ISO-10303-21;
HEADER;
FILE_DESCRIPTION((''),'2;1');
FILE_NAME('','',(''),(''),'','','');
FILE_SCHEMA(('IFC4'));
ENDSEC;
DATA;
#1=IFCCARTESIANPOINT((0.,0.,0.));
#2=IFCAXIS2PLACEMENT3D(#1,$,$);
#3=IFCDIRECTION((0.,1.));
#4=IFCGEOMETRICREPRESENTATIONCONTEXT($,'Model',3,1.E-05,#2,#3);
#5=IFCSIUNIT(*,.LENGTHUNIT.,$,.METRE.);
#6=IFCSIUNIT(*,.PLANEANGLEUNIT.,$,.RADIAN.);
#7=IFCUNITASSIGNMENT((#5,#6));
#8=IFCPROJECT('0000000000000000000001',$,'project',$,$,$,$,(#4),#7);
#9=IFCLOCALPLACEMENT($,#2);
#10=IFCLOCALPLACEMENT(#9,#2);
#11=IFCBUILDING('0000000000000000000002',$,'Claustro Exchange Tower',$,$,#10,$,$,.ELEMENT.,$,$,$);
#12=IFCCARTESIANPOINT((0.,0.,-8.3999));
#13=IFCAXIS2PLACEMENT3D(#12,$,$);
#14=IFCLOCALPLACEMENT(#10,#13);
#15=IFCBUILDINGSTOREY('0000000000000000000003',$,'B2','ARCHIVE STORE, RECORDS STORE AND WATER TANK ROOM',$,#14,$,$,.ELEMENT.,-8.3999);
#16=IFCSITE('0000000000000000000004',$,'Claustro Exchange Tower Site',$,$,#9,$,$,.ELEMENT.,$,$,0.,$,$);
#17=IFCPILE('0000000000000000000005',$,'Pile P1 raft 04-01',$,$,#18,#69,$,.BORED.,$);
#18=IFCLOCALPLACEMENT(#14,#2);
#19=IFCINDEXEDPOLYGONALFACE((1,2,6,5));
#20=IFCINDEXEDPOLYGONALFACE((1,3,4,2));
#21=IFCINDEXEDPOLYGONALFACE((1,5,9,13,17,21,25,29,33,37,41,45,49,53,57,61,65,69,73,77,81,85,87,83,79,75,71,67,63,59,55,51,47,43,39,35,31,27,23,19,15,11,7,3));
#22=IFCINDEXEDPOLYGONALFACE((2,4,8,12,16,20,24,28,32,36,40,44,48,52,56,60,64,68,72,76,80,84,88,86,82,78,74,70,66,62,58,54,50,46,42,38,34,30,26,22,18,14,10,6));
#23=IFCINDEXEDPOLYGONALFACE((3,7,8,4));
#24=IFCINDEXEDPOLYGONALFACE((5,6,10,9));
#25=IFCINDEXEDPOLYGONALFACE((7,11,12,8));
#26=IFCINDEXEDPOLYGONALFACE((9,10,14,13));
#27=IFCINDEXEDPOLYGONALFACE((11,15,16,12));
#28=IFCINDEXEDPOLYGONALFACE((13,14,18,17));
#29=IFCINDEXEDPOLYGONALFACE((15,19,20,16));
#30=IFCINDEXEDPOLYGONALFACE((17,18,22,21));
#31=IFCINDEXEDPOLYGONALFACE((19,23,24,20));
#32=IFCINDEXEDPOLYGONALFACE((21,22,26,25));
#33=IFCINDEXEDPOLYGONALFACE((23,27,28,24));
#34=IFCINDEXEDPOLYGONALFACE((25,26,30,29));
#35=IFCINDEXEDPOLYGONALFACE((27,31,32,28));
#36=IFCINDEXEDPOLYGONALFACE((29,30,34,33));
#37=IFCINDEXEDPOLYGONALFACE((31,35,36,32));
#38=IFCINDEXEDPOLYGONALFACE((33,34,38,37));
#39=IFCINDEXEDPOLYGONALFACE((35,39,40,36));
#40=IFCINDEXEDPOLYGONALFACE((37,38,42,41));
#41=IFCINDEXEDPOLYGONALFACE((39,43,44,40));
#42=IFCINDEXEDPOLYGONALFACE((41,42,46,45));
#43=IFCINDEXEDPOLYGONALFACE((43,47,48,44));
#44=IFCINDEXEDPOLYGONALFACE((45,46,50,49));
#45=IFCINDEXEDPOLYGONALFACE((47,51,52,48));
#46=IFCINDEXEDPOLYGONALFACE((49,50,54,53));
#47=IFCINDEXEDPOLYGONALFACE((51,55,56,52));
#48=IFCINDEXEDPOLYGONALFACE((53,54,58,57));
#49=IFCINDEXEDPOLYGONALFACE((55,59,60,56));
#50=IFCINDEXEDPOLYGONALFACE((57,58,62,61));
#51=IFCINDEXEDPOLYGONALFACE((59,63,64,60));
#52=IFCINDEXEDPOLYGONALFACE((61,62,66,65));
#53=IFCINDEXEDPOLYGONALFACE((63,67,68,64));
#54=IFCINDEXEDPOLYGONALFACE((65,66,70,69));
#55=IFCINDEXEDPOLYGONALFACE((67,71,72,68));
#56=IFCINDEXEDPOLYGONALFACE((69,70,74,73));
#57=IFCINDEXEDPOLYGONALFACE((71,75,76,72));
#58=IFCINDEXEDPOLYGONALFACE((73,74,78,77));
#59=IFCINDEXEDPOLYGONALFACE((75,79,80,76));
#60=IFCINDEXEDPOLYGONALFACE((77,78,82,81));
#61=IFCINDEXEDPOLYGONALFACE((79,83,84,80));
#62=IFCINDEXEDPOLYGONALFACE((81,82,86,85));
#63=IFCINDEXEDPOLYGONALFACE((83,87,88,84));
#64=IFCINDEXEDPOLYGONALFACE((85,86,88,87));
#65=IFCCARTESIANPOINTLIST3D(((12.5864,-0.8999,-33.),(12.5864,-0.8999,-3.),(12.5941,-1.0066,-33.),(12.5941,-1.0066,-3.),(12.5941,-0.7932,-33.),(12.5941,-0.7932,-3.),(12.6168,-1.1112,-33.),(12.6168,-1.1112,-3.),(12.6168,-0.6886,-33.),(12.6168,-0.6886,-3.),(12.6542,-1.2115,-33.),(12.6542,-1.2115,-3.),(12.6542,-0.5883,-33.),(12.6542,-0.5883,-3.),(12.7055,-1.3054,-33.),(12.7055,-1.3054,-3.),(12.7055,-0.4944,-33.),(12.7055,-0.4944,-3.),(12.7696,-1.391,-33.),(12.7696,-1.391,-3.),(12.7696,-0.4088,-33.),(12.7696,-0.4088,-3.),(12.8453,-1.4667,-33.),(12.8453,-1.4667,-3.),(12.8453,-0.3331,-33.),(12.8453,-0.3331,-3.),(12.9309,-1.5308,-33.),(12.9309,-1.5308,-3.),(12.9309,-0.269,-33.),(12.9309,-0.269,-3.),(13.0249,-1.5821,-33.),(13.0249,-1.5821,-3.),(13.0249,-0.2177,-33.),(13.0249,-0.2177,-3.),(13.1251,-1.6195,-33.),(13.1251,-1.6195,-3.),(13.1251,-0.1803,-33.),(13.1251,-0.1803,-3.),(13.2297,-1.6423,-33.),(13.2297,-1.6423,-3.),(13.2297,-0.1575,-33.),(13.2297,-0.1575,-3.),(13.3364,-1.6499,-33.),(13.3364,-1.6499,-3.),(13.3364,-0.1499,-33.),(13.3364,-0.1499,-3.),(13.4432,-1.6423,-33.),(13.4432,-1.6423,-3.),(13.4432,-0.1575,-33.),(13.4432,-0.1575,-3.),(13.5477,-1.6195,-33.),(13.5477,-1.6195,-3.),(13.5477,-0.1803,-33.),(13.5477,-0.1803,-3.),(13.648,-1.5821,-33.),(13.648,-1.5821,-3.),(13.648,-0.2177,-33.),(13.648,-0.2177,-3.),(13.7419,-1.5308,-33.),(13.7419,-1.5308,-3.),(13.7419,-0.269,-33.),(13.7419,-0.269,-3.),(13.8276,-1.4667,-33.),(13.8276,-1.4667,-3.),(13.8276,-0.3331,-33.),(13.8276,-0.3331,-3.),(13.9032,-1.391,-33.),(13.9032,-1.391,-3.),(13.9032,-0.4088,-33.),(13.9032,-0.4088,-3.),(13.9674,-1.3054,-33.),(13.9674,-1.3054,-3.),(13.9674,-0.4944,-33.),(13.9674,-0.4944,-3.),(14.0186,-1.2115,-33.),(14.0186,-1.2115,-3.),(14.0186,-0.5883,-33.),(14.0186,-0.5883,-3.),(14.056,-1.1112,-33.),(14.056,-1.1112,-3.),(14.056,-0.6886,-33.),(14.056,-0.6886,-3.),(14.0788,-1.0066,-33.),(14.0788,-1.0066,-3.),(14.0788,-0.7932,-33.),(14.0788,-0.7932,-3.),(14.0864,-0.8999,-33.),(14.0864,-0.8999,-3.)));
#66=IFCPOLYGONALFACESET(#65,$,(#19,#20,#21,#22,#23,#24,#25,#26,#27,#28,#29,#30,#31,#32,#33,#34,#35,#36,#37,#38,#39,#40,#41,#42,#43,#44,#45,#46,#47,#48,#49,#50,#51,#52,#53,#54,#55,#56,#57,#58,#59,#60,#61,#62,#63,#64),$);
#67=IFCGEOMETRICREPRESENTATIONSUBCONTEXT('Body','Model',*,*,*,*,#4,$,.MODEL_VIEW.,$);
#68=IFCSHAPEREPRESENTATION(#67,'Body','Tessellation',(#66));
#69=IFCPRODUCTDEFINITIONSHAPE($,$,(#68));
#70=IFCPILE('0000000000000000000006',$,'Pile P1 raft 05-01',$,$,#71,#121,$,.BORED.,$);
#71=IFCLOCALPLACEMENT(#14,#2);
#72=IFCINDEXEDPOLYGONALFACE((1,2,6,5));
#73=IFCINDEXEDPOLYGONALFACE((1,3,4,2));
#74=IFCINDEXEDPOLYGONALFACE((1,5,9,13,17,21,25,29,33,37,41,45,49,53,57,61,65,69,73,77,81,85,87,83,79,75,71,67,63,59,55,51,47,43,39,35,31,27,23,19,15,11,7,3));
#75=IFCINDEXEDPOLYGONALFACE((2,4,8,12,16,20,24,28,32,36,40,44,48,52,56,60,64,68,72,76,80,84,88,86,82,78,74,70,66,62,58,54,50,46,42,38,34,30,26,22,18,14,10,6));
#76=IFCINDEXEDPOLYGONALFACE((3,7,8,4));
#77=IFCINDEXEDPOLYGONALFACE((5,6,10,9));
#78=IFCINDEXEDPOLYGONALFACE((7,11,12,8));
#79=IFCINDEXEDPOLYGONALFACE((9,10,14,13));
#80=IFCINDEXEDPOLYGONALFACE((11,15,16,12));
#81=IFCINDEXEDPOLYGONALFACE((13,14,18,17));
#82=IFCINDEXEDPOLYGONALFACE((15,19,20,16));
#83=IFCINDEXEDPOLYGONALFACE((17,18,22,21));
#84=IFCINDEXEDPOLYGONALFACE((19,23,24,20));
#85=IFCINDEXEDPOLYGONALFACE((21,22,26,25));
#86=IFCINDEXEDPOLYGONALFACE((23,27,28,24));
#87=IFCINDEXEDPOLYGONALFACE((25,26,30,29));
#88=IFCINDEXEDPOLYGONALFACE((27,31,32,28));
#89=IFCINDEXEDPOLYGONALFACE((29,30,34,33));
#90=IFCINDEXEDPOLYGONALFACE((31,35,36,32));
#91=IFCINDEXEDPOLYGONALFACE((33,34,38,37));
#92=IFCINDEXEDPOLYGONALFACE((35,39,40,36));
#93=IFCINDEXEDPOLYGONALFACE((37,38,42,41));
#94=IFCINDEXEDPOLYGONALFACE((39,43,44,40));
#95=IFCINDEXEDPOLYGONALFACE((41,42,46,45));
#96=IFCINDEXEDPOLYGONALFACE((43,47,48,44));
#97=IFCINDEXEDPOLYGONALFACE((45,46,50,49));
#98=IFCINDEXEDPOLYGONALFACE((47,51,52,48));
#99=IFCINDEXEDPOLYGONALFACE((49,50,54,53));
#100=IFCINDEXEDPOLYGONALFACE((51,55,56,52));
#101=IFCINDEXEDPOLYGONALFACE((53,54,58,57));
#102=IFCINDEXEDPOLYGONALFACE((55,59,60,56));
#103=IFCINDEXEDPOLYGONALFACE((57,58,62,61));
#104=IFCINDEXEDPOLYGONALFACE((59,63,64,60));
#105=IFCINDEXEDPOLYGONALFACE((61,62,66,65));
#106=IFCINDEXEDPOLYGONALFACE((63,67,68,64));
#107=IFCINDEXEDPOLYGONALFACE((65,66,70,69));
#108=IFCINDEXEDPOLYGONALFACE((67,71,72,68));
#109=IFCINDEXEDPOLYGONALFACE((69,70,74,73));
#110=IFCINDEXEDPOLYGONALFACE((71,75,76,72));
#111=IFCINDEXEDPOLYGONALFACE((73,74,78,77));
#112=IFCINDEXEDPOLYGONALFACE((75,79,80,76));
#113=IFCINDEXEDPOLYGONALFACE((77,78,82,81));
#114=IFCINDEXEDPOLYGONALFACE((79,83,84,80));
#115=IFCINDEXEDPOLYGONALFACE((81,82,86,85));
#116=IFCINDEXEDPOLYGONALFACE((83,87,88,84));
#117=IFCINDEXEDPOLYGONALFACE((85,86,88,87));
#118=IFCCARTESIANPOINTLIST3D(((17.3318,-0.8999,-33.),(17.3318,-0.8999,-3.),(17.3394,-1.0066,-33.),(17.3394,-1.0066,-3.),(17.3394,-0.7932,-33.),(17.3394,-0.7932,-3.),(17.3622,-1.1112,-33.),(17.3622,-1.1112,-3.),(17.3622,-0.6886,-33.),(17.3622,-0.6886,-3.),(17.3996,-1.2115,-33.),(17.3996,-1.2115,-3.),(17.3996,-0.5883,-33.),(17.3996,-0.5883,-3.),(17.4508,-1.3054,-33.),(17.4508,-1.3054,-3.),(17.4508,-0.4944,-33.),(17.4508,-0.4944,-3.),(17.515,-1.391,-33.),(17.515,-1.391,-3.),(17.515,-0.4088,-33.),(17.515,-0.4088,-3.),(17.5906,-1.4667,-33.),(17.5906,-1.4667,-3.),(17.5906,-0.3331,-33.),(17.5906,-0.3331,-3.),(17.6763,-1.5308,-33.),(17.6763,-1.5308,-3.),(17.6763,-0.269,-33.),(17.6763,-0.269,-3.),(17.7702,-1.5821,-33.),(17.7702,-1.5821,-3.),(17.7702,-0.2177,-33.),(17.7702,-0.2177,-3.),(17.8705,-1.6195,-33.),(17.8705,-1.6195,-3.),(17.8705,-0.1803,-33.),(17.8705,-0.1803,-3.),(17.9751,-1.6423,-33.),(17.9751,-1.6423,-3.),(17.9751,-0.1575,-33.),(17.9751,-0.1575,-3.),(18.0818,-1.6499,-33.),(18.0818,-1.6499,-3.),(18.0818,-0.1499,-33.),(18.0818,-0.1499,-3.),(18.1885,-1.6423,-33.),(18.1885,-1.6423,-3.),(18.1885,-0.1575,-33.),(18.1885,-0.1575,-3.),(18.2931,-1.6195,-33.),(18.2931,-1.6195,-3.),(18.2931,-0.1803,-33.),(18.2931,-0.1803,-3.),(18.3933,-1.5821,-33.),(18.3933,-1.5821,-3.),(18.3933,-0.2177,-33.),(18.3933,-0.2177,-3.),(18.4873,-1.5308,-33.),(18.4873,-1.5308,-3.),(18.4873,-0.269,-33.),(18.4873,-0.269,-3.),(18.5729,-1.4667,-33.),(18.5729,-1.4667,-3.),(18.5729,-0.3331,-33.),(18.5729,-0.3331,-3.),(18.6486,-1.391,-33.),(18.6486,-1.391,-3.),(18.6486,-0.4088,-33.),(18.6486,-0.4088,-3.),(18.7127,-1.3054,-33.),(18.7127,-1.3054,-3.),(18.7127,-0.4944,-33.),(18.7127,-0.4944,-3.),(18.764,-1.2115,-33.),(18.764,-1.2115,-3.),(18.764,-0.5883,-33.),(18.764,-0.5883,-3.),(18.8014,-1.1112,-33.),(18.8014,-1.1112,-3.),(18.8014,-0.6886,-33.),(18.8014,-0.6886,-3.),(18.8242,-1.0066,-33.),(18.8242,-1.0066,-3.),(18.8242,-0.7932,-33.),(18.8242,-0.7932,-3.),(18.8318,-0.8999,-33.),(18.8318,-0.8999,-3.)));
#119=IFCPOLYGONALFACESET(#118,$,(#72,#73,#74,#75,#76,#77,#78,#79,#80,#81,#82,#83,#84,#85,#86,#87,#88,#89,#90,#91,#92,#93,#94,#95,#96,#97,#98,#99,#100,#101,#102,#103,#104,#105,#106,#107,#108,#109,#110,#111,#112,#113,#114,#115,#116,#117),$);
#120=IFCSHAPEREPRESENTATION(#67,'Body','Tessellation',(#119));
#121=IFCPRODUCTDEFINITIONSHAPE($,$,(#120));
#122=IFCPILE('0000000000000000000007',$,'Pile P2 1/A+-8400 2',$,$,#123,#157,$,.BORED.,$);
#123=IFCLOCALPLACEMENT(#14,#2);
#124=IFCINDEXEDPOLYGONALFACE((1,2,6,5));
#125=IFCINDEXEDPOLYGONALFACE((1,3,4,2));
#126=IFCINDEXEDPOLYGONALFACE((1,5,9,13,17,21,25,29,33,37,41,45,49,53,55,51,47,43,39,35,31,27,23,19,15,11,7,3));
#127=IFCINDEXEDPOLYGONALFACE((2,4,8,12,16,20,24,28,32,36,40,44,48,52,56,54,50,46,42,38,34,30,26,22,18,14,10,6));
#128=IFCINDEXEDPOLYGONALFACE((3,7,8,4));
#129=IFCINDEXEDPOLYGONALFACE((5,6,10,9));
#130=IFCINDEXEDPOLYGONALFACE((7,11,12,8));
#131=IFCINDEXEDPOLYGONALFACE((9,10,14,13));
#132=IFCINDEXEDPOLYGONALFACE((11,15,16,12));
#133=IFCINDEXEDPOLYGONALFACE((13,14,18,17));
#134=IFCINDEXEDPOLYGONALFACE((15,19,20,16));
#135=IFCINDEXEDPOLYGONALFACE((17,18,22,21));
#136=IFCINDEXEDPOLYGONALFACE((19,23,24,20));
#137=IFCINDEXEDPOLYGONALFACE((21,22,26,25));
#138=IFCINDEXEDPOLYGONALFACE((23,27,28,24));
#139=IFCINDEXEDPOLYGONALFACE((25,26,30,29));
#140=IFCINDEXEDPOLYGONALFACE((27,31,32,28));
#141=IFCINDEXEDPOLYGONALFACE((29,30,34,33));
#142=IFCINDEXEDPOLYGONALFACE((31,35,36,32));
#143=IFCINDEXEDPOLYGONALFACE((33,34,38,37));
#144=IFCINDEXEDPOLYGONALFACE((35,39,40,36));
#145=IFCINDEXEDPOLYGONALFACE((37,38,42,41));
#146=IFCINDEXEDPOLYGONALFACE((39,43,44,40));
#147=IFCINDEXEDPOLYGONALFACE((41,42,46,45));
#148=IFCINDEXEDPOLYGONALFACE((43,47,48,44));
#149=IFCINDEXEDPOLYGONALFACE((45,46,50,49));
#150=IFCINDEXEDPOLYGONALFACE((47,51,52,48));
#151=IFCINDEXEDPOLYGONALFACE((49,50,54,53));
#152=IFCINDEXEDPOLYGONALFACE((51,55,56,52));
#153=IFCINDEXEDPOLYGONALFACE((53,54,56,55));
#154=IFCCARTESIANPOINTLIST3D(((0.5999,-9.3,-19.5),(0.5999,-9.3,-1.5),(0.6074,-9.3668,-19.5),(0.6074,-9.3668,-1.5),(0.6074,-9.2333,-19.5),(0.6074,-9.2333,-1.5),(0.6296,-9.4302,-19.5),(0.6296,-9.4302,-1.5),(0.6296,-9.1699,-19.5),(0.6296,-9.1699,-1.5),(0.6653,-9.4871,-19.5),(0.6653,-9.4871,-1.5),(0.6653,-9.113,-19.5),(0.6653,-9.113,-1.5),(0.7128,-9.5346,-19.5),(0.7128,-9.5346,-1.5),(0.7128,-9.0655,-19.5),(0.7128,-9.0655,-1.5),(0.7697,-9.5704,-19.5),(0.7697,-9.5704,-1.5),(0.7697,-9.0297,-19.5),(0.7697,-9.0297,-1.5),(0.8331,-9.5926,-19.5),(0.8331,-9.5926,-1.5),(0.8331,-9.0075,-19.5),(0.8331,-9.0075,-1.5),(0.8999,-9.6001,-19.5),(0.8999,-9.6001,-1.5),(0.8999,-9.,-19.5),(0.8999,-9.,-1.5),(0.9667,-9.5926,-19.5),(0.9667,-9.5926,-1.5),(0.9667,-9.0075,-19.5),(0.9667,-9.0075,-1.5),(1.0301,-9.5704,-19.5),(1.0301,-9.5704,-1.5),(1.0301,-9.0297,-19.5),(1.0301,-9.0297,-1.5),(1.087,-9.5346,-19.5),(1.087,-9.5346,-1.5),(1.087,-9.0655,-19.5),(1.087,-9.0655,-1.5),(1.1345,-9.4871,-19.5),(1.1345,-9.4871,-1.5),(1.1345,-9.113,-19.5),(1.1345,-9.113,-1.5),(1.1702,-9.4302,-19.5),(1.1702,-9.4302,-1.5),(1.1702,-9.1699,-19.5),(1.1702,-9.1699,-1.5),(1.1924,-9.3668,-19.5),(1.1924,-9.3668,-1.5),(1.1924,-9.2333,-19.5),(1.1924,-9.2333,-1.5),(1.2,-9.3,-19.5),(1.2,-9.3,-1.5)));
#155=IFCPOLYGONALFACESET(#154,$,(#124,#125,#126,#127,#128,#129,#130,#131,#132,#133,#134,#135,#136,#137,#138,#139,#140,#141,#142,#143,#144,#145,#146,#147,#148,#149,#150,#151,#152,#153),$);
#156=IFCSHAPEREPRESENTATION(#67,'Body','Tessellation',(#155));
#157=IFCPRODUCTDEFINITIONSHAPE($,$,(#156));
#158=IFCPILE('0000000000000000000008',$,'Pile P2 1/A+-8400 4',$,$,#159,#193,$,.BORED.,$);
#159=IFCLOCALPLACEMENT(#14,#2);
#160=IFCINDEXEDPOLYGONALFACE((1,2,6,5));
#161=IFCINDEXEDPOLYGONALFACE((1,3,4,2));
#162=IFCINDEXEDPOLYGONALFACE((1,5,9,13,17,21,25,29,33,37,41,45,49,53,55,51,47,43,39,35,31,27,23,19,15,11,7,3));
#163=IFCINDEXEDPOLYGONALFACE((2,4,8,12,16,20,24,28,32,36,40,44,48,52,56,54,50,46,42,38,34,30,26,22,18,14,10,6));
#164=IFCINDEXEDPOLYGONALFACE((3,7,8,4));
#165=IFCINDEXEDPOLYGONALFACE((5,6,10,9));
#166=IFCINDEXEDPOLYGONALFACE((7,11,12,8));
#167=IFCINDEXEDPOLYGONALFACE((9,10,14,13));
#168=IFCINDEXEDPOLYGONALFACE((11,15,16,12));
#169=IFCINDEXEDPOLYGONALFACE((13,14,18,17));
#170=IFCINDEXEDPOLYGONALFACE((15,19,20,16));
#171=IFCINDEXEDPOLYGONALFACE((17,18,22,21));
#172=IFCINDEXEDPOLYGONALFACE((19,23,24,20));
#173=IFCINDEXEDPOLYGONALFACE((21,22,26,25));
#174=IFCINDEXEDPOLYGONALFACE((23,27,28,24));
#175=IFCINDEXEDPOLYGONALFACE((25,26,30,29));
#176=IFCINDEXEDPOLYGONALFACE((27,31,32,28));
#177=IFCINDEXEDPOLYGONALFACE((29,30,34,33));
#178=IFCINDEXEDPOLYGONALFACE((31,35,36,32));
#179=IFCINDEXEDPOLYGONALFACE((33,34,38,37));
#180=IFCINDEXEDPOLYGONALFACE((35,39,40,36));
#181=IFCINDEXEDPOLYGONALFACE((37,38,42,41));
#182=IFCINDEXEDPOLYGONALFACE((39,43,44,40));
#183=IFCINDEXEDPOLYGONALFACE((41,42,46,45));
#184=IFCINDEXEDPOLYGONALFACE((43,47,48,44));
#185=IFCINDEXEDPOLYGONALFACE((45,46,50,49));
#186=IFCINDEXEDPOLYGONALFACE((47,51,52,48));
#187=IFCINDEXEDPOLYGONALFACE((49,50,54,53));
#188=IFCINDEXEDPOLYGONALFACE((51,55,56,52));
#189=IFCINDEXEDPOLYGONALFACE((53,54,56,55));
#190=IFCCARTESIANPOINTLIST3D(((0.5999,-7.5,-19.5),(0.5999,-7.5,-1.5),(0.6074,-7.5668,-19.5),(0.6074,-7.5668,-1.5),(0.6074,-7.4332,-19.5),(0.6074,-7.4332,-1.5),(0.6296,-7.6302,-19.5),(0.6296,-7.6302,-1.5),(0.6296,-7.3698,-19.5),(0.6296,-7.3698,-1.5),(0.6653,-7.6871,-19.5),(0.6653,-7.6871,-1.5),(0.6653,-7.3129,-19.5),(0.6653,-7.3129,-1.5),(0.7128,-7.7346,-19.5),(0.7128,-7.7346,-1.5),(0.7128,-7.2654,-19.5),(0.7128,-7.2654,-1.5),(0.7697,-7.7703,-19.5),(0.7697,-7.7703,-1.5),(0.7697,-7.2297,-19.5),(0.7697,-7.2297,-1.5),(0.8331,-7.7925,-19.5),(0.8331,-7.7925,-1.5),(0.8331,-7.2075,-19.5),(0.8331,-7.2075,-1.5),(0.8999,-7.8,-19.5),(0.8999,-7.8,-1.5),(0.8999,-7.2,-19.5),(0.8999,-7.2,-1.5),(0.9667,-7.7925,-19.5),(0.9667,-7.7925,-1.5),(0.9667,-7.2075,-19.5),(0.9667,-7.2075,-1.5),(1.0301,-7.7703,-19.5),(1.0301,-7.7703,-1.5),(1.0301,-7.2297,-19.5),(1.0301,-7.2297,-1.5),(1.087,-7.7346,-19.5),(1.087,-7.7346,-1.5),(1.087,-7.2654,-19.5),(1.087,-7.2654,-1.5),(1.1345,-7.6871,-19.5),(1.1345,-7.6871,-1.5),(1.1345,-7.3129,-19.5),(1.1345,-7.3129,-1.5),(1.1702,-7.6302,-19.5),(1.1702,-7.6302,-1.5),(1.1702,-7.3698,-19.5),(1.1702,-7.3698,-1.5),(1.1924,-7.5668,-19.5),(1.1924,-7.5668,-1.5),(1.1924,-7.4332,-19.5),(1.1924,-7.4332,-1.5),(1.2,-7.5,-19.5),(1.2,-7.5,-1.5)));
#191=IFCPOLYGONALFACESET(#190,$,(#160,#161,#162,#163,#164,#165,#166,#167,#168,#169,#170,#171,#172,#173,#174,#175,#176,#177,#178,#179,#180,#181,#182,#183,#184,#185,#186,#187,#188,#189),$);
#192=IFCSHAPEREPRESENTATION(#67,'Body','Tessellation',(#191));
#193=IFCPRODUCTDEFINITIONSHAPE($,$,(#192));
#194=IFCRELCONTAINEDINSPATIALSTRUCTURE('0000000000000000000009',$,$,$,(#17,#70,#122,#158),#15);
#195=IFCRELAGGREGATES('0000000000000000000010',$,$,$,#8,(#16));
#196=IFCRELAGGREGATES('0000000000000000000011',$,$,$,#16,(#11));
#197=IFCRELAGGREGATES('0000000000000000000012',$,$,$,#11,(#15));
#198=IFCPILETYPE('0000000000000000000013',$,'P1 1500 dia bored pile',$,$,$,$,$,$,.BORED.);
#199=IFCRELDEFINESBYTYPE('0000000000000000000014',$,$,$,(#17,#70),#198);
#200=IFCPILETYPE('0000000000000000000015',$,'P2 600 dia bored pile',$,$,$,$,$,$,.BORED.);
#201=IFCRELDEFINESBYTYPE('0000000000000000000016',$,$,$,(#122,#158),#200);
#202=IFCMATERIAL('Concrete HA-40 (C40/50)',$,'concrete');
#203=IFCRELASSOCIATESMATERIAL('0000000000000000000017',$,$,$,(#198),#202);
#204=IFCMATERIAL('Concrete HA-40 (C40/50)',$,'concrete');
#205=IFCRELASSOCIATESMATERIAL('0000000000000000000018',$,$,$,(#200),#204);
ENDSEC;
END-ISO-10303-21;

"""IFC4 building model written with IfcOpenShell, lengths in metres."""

from ifc_helpers import new_model, si_unit, direction, frame, origin, origin_2d, place, context, subcontext, project, spatial, circle, extrude, material, type_object, element, save


model = new_model("IFC4")

# Units and contexts
model_context = context("Model", 3, precision=1e-05, world=origin(), true_north=direction((0.0, 1.0)))
body_context = subcontext(model_context, "Body", "Model", "MODEL_VIEW")
ifc_project = project(units=[si_unit("LENGTHUNIT", "METRE"), si_unit("PLANEANGLEUNIT", "RADIAN")], contexts=[model_context])

# Site, building, storey
site_placement = place(None, origin())
site = spatial("IfcSite", under=ifc_project, at=site_placement, Name="Claustro Exchange Tower Site", CompositionType="ELEMENT", RefElevation=0.0)
building_placement = place(site_placement, origin())
building = spatial("IfcBuilding", under=site, at=building_placement, Name="Claustro Exchange Tower", CompositionType="ELEMENT")
storey_placement = place(building_placement, frame((0.0, 0.0, -8.3999)))
storey = spatial("IfcBuildingStorey", under=building, at=storey_placement, Name="B2", Description="ARCHIVE STORE, RECORDS STORE AND WATER TANK ROOM", CompositionType="ELEMENT", Elevation=-8.3999)

# Piles
ifc_material_1 = material(Name="Concrete HA-40 (C40/50)", Category="concrete")
pile_type_1 = type_object("IfcPileType", Name="P1 1500 dia bored pile", PredefinedType="BORED", material=ifc_material_1)
for number, where, z_axis, x_axis, name in (
    (1, (13.3364, -0.8999, -3.0), (0.0, 0.0, -1.0), (1.0, 0.0, 0.0), "Pile P1 raft 04-01"),
    (2, (18.0818, -0.8999, -3.0), (0.0, 0.0, -1.0), (1.0, 0.0, 0.0), "Pile P1 raft 05-01"),
):
    element("IfcPile", number, at=place(storey_placement, frame(where, z_axis=z_axis, x_axis=x_axis)), inside=storey, type_object=pile_type_1, Name=name, PredefinedType="BORED", context=body_context, shape_type="SweptSolid", body=[
        extrude(circle(Radius=0.75, at=origin_2d()), origin(), (0.0, 0.0, 1.0), 30.0),
    ])
ifc_material_2 = material(Name="Concrete HA-40 (C40/50)", Category="concrete")
pile_type_2 = type_object("IfcPileType", Name="P2 600 dia bored pile", PredefinedType="BORED", material=ifc_material_2)
for number, where, z_axis, x_axis, name in (
    (3, (0.8999, -9.3, -1.5), (0.0, 0.0, -1.0), (1.0, 0.0, 0.0), "Pile P2 1/A+-8400 2"),
    (4, (0.8999, -7.5, -1.5), (0.0, 0.0, -1.0), (1.0, 0.0, 0.0), "Pile P2 1/A+-8400 4"),
):
    element("IfcPile", number, at=place(storey_placement, frame(where, z_axis=z_axis, x_axis=x_axis)), inside=storey, type_object=pile_type_2, Name=name, PredefinedType="BORED", context=body_context, shape_type="SweptSolid", body=[
        extrude(circle(Radius=0.3, at=origin_2d()), origin(), (0.0, 0.0, 1.0), 18.0),
    ])

save(model, "model.ifc")
